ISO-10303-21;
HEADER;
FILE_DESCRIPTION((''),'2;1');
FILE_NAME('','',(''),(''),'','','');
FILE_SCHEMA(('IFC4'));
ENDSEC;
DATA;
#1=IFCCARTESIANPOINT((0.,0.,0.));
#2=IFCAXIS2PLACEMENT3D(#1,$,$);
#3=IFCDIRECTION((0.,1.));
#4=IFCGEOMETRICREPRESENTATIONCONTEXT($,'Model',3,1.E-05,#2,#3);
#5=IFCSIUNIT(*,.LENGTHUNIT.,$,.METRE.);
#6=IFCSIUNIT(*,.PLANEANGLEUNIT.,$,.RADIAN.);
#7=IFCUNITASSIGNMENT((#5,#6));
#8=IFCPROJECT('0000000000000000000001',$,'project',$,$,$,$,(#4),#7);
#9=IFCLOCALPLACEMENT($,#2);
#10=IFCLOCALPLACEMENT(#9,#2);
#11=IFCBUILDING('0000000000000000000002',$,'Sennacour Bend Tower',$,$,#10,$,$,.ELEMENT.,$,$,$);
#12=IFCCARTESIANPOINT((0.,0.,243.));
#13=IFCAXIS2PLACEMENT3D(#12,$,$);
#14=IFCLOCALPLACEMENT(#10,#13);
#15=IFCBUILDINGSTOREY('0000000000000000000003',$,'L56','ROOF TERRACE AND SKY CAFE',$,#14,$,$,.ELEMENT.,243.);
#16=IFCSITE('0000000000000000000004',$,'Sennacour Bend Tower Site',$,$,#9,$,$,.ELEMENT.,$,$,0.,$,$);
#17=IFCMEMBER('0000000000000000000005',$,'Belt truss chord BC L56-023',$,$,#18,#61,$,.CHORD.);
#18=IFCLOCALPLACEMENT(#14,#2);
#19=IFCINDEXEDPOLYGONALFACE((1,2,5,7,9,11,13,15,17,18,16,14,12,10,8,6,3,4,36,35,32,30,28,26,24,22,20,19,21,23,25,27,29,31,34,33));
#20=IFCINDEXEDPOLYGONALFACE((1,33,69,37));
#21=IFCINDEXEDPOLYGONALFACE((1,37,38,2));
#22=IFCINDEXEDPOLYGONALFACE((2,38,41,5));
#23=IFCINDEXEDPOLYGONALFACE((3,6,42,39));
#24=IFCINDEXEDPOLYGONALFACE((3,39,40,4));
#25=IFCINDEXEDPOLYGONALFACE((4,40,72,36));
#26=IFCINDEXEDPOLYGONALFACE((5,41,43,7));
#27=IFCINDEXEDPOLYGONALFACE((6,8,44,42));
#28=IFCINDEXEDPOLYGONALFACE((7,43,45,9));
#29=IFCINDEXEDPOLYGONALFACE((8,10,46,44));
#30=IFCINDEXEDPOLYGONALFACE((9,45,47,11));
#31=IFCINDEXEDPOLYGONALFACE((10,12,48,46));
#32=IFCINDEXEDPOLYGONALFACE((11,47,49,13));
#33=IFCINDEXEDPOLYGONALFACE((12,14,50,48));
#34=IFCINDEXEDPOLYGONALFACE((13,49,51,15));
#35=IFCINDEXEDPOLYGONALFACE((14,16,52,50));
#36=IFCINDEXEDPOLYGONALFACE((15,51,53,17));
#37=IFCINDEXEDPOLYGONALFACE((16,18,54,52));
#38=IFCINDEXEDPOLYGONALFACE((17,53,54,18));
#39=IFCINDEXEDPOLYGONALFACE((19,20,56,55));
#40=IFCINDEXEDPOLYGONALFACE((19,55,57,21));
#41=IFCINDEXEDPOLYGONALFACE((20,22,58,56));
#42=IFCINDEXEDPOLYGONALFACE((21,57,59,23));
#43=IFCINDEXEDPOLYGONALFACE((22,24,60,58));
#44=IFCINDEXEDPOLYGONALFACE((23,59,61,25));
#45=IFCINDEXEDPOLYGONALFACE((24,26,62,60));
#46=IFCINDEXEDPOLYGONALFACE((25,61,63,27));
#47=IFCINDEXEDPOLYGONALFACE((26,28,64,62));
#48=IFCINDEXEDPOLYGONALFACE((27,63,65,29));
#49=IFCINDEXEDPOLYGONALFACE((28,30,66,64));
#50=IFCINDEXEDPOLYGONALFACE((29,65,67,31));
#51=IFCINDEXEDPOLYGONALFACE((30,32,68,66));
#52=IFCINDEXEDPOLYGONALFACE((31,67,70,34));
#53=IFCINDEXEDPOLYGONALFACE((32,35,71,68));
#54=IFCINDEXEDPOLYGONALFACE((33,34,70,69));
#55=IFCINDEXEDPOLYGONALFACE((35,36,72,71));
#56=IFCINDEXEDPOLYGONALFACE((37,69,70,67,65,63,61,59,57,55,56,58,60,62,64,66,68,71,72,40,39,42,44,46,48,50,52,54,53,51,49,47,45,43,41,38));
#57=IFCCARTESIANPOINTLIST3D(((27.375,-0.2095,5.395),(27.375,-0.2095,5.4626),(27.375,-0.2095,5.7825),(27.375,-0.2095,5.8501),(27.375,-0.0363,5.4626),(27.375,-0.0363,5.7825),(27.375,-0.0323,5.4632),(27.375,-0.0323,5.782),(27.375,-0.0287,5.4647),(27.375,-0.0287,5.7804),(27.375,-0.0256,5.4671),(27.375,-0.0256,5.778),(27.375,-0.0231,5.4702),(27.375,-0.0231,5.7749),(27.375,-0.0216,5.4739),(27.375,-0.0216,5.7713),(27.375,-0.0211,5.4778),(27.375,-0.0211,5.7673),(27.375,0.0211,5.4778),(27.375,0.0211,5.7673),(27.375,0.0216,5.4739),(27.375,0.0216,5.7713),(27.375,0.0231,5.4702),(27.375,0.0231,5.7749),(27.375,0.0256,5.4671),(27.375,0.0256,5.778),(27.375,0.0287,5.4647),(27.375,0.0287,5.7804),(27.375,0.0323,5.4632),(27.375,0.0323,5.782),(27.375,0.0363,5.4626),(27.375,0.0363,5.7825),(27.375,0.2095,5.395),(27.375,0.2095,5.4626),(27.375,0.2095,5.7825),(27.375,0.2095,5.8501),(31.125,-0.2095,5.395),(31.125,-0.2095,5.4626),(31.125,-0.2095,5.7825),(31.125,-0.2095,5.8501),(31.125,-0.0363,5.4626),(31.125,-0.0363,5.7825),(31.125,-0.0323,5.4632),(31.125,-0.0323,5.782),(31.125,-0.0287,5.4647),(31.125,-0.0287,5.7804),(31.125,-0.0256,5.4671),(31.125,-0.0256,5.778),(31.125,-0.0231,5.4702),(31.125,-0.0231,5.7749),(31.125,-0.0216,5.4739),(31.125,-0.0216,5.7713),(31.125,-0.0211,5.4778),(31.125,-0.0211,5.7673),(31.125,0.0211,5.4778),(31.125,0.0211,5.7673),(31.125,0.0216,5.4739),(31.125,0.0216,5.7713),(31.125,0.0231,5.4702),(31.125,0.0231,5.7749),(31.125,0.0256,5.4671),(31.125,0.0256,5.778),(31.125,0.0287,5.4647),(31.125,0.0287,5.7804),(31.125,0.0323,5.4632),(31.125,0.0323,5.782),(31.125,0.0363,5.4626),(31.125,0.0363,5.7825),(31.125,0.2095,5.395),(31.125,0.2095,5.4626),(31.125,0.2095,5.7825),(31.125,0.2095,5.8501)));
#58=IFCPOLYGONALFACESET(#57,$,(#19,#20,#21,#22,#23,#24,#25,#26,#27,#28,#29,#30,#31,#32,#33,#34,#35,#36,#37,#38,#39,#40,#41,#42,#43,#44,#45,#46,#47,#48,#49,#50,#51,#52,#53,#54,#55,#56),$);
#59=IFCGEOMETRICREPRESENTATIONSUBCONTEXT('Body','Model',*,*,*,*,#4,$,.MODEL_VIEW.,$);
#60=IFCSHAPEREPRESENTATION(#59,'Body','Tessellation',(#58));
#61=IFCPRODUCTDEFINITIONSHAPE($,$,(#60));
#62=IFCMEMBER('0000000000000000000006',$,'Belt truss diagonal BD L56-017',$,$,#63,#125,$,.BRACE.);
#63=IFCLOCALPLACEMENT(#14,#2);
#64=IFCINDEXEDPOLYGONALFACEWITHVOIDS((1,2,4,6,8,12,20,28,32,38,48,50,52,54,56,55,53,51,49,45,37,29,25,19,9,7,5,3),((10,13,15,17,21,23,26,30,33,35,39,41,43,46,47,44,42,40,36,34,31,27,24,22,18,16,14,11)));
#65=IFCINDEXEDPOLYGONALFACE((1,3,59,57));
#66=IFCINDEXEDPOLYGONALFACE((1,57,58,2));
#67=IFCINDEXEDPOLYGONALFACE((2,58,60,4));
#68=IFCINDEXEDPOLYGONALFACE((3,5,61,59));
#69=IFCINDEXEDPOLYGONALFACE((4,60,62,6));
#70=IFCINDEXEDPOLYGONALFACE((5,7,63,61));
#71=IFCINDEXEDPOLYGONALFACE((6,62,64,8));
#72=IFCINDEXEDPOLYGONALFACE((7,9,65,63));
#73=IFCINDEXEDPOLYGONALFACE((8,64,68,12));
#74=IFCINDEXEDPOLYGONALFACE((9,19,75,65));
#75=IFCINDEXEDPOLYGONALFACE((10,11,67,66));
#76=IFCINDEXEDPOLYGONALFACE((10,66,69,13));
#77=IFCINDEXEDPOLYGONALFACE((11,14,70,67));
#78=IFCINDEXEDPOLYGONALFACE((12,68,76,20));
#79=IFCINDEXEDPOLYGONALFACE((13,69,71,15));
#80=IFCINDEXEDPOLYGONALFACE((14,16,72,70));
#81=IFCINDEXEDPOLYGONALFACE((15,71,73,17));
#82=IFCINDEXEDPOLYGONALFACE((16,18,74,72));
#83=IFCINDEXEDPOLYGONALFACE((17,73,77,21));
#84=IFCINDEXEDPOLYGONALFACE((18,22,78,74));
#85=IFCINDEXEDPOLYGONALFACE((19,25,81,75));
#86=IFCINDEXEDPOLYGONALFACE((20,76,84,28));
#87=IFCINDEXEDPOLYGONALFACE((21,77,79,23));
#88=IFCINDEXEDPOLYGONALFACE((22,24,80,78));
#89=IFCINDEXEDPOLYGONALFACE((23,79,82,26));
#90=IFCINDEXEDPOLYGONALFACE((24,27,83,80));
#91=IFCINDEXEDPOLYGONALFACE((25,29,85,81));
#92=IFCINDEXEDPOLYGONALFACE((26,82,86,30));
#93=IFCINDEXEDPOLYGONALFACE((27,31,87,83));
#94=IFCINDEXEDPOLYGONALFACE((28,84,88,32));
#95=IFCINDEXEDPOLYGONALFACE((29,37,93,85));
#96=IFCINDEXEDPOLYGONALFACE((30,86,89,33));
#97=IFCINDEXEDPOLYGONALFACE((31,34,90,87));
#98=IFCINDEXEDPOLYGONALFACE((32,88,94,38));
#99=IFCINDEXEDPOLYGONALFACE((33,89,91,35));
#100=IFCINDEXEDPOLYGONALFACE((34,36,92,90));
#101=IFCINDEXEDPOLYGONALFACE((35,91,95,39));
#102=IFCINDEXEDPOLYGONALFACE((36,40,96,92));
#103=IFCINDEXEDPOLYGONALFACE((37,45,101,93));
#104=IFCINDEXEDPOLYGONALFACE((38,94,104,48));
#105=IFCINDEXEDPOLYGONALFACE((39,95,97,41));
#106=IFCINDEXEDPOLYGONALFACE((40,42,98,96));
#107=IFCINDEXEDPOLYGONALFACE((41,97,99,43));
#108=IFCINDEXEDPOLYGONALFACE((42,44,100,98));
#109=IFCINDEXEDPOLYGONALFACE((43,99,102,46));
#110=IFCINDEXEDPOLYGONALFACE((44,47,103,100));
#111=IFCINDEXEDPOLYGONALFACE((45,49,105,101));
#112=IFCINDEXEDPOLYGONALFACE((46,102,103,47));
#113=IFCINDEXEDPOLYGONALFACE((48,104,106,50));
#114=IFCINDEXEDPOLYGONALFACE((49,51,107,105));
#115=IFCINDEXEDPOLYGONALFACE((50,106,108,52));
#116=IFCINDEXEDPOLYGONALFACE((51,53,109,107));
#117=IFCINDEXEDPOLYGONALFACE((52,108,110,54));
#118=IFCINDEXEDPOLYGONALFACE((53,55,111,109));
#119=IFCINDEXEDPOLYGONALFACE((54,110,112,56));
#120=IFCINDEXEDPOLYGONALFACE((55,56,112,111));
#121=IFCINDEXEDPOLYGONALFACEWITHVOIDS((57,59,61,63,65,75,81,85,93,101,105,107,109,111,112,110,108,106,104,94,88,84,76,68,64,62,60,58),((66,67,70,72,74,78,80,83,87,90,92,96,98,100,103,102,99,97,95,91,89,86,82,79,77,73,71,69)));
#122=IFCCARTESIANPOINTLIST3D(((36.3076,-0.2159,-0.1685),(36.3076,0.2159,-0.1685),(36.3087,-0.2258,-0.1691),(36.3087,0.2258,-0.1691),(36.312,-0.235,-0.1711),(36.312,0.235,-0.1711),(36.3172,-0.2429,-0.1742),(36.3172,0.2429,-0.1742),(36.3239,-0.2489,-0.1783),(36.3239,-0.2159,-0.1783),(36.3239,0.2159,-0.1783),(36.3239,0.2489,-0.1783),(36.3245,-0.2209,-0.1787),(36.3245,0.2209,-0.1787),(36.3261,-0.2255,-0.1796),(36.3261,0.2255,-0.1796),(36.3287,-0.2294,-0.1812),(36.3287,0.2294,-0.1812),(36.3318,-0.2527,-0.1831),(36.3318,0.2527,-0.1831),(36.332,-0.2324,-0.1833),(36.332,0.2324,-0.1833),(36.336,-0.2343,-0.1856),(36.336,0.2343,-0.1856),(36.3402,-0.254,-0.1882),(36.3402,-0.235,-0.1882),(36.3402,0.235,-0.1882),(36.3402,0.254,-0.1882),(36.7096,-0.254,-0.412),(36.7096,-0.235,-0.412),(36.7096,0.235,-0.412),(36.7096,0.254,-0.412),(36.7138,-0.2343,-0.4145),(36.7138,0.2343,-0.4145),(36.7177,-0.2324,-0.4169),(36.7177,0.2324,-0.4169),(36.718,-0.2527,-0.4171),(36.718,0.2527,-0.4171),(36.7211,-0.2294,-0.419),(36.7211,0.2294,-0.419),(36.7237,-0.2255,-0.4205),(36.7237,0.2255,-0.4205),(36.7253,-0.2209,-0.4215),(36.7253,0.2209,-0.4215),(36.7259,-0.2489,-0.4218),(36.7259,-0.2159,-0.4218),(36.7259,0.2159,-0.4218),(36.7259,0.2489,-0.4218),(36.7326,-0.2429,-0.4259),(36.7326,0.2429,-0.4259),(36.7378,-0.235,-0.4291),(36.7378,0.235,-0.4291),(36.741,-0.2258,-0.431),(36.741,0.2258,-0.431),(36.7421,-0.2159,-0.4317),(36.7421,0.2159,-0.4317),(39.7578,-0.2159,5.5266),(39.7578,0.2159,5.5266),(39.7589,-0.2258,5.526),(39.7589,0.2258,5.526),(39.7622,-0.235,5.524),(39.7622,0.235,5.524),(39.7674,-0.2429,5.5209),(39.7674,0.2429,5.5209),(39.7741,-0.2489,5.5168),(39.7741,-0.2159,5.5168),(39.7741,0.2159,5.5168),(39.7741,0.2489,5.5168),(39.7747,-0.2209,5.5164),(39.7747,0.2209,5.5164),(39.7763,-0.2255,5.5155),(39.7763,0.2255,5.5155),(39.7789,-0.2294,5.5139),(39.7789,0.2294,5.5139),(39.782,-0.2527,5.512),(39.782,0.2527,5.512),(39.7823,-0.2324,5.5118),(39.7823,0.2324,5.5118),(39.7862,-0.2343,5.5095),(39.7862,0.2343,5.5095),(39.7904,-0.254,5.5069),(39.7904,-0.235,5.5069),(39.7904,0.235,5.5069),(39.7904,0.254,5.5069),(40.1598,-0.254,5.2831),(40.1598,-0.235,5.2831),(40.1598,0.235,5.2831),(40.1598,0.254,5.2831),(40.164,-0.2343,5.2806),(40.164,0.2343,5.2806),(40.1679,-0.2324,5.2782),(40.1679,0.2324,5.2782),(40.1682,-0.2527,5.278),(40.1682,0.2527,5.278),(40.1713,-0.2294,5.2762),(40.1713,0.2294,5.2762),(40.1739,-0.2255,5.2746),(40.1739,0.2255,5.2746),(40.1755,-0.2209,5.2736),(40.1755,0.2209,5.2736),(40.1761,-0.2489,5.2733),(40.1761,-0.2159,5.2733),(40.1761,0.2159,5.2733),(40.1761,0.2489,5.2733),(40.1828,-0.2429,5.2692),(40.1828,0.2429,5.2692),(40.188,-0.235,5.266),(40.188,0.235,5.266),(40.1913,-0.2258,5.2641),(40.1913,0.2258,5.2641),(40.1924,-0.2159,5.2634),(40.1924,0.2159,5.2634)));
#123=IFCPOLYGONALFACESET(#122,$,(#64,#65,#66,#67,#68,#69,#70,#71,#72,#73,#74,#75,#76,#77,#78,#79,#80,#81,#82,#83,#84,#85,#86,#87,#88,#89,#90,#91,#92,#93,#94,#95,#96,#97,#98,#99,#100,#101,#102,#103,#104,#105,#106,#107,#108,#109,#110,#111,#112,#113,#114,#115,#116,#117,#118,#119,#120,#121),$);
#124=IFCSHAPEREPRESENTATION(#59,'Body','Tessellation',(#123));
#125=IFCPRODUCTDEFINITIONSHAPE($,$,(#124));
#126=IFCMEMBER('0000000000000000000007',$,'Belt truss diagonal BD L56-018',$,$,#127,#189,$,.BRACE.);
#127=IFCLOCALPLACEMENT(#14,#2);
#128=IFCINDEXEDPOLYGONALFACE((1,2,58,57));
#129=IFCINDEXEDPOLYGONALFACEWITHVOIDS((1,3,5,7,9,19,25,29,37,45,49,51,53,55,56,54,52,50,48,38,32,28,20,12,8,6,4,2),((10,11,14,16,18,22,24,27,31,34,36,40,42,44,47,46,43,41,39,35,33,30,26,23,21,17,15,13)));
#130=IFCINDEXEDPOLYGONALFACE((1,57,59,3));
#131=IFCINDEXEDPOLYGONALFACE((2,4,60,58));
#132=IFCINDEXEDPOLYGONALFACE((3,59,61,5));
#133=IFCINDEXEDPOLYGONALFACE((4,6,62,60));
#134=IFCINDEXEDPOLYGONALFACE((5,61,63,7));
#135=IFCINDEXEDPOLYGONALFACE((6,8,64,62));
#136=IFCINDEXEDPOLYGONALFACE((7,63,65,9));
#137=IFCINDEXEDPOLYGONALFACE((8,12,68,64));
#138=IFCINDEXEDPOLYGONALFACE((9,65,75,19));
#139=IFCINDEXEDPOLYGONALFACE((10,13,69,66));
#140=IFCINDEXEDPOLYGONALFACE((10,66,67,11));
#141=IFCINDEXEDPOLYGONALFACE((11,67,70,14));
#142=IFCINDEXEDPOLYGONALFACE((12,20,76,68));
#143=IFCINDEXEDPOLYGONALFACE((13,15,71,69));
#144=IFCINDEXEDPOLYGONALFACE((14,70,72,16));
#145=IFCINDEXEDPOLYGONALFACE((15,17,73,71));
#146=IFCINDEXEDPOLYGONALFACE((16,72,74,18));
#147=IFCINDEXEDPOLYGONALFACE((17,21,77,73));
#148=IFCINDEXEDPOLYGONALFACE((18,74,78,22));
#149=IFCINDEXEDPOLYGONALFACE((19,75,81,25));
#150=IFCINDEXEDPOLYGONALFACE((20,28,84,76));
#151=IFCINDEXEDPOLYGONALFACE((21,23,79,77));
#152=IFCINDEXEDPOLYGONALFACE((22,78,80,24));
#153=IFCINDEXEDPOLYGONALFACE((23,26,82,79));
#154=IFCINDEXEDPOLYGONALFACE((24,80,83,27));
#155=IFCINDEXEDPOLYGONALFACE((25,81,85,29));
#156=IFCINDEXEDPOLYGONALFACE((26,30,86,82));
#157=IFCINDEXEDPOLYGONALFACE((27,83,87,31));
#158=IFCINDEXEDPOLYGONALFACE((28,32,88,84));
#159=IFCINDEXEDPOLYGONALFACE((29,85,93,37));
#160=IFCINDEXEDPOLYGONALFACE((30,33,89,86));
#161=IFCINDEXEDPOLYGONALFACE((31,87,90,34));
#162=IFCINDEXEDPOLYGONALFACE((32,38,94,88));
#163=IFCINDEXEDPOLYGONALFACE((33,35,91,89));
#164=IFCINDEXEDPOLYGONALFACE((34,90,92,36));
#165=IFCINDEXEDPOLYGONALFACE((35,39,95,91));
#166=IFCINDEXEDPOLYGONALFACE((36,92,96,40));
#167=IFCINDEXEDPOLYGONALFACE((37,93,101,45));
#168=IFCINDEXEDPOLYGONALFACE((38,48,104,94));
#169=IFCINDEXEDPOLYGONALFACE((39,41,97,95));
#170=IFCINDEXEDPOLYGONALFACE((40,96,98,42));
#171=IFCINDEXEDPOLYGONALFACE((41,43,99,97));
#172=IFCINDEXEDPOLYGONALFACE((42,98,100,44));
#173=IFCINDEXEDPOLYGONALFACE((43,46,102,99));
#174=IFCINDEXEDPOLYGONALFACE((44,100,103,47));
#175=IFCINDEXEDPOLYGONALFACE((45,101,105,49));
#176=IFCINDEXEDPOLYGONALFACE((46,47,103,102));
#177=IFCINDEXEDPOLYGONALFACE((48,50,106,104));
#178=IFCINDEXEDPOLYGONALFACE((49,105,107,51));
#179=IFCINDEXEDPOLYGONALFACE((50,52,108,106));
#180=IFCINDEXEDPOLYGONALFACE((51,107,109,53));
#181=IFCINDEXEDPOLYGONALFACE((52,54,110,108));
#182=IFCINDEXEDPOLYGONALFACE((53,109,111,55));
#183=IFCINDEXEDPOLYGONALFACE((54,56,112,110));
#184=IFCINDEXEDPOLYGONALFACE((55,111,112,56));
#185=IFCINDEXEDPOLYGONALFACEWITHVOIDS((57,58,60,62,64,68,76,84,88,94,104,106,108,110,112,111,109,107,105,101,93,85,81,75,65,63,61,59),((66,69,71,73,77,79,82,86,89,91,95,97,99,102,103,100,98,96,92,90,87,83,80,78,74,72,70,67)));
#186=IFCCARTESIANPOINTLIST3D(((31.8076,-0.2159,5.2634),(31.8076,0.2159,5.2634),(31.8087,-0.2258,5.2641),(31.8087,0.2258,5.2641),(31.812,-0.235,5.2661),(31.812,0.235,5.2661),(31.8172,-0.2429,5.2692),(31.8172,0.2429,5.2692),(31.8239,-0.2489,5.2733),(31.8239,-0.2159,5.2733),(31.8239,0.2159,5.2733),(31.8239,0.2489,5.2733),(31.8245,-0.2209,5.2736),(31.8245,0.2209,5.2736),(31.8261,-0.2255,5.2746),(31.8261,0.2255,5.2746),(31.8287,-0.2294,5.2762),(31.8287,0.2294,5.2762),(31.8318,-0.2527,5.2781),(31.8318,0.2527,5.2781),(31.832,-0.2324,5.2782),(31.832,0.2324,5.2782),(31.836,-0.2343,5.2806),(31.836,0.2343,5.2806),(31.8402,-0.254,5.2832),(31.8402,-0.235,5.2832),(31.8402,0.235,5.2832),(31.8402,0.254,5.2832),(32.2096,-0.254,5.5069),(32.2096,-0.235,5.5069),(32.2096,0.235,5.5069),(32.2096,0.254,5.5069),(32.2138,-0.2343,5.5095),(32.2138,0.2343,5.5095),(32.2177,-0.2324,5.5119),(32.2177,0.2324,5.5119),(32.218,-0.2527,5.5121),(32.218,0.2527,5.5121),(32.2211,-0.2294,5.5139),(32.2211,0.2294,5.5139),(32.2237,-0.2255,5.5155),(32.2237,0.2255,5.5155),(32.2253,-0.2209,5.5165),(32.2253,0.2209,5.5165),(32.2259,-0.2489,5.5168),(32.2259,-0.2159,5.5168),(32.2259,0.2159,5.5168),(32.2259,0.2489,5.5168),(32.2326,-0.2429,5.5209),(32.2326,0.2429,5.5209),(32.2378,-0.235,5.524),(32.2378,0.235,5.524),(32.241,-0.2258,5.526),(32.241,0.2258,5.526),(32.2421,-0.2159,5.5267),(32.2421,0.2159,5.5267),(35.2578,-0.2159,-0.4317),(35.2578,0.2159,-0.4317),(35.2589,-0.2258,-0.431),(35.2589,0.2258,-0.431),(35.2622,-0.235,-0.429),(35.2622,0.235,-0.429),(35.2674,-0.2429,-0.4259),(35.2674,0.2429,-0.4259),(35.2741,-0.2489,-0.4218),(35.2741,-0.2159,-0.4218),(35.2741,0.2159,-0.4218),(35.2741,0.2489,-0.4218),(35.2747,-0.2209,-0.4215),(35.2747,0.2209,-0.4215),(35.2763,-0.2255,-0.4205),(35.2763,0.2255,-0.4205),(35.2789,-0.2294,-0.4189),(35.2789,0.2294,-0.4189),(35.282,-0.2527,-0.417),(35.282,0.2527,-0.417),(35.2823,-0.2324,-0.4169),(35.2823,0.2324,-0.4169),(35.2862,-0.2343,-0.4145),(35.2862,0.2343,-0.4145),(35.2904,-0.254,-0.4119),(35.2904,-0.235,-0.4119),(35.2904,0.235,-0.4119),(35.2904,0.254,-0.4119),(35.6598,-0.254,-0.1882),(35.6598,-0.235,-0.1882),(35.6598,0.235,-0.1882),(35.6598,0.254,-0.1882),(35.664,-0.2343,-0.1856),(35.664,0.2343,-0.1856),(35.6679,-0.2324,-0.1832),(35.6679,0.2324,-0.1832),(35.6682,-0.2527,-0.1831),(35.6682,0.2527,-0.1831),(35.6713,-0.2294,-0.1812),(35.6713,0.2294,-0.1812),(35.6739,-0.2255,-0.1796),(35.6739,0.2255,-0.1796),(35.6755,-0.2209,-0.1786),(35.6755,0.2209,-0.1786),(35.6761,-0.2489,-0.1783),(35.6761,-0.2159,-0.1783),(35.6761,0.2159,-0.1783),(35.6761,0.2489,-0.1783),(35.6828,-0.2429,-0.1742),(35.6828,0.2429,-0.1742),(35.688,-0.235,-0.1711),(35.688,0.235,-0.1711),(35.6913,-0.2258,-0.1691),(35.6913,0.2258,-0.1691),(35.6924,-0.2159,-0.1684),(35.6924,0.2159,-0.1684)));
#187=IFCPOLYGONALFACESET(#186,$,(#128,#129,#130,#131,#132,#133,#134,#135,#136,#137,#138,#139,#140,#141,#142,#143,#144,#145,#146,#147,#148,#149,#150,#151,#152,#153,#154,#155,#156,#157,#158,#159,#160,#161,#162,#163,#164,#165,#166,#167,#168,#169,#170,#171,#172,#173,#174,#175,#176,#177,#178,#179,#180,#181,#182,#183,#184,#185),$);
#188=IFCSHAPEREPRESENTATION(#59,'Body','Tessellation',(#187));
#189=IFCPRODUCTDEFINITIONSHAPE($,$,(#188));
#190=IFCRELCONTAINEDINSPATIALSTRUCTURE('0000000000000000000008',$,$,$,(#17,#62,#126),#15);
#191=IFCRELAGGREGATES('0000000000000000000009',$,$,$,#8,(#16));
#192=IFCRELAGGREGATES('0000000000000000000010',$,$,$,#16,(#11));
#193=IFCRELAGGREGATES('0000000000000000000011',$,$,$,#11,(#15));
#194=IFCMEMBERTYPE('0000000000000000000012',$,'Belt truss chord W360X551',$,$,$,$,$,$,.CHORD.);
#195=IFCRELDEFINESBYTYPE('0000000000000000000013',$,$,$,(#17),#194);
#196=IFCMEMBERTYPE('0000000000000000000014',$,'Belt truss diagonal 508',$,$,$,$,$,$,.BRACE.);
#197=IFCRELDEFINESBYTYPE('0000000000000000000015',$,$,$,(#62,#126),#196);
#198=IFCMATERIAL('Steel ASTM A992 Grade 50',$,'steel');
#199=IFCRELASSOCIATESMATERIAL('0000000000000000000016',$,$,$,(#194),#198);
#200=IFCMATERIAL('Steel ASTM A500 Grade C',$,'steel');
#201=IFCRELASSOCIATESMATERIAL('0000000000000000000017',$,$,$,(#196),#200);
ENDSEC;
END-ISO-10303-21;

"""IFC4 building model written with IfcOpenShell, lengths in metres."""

from ifc_helpers import new_model, si_unit, direction, frame, origin, origin_2d, place, context, subcontext, project, spatial, hollow_rectangle, i_section, extrude, material, material_profile, profile_set, type_object, element, save


model = new_model("IFC4")

# Units and contexts
model_context = context("Model", 3, precision=1e-05, world=origin(), true_north=direction((0.0, 1.0)))
body_context = subcontext(model_context, "Body", "Model", "MODEL_VIEW")
ifc_project = project(units=[si_unit("LENGTHUNIT", "METRE"), si_unit("PLANEANGLEUNIT", "RADIAN")], contexts=[model_context])

# Site, building, storey
site_placement = place(None, origin())
site = spatial("IfcSite", under=ifc_project, at=site_placement, Name="Sennacour Bend Tower Site", CompositionType="ELEMENT", RefElevation=0.0)
building_placement = place(site_placement, origin())
building = spatial("IfcBuilding", under=site, at=building_placement, Name="Sennacour Bend Tower", CompositionType="ELEMENT")
storey_placement = place(building_placement, frame((0.0, 0.0, 243.0)))
storey = spatial("IfcBuildingStorey", under=building, at=storey_placement, Name="L56", Description="ROOF TERRACE AND SKY CAFE", CompositionType="ELEMENT", Elevation=243.0)

# Members
ifc_material_1 = material(Name="Steel ASTM A992 Grade 50", Category="steel")
ifc_material_profile_1 = material_profile(ifc_material_1, i_section(OverallWidth=0.4189, OverallDepth=0.4551, WebThickness=0.0422, FlangeThickness=0.0676, FilletRadius=0.0151, at=origin_2d()), Name="Steel ASTM A992 Grade 50", Category="steel")
ifc_profile_set_1 = profile_set([ifc_material_profile_1], Name="Steel ASTM A992 Grade 50")
member_type_1 = type_object("IfcMemberType", Name="Belt truss chord W360X551", PredefinedType="CHORD", material=ifc_profile_set_1)
for number, where, z_axis, x_axis, name in (
    (1, (31.125, 0.0, 5.6226), (-1.0, 0.0, 0.0), (0.0, -1.0, 0.0), "Belt truss chord BC L56-023"),
):
    element("IfcMember", number, at=place(storey_placement, frame(where, z_axis=z_axis, x_axis=x_axis)), inside=storey, type_object=member_type_1, Name=name, PredefinedType="CHORD", context=body_context, shape_type="SweptSolid", body=[
        extrude(i_section(OverallWidth=0.4189, OverallDepth=0.4551, WebThickness=0.0422, FlangeThickness=0.0676, FilletRadius=0.0151, at=origin_2d()), origin(), (0.0, 0.0, 1.0), 3.75),
    ])
ifc_material_2 = material(Name="Steel ASTM A500 Grade C", Category="steel")
ifc_material_profile_2 = material_profile(ifc_material_2, hollow_rectangle(XDim=0.5081, YDim=0.5081, WallThickness=0.019, InnerFilletRadius=0.019, OuterFilletRadius=0.0381, at=origin_2d()), Name="Steel ASTM A500 Grade C", Category="steel")
ifc_profile_set_2 = profile_set([ifc_material_profile_2], Name="Steel ASTM A500 Grade C")
member_type_2 = type_object("IfcMemberType", Name="Belt truss diagonal 508", PredefinedType="BRACE", material=ifc_profile_set_2)
for number, where, z_axis, x_axis, name in (
    (2, (39.9751, 0.0, 5.395), (-0.518152, 0.0, -0.855288), (0.0, -1.0, 0.0), "Belt truss diagonal BD L56-017"),
    (3, (35.4751, 0.0, -0.3), (-0.518152, 0.0, 0.855288), (0.0, -1.0, 0.0), "Belt truss diagonal BD L56-018"),
):
    element("IfcMember", number, at=place(storey_placement, frame(where, z_axis=z_axis, x_axis=x_axis)), inside=storey, type_object=member_type_2, Name=name, PredefinedType="BRACE", context=body_context, shape_type="SweptSolid", body=[
        extrude(hollow_rectangle(XDim=0.5081, YDim=0.5081, WallThickness=0.019, InnerFilletRadius=0.019, OuterFilletRadius=0.0381, at=origin_2d()), origin(), (0.0, 0.0, 1.0), 6.6587),
    ])

save(model, "model.ifc")
